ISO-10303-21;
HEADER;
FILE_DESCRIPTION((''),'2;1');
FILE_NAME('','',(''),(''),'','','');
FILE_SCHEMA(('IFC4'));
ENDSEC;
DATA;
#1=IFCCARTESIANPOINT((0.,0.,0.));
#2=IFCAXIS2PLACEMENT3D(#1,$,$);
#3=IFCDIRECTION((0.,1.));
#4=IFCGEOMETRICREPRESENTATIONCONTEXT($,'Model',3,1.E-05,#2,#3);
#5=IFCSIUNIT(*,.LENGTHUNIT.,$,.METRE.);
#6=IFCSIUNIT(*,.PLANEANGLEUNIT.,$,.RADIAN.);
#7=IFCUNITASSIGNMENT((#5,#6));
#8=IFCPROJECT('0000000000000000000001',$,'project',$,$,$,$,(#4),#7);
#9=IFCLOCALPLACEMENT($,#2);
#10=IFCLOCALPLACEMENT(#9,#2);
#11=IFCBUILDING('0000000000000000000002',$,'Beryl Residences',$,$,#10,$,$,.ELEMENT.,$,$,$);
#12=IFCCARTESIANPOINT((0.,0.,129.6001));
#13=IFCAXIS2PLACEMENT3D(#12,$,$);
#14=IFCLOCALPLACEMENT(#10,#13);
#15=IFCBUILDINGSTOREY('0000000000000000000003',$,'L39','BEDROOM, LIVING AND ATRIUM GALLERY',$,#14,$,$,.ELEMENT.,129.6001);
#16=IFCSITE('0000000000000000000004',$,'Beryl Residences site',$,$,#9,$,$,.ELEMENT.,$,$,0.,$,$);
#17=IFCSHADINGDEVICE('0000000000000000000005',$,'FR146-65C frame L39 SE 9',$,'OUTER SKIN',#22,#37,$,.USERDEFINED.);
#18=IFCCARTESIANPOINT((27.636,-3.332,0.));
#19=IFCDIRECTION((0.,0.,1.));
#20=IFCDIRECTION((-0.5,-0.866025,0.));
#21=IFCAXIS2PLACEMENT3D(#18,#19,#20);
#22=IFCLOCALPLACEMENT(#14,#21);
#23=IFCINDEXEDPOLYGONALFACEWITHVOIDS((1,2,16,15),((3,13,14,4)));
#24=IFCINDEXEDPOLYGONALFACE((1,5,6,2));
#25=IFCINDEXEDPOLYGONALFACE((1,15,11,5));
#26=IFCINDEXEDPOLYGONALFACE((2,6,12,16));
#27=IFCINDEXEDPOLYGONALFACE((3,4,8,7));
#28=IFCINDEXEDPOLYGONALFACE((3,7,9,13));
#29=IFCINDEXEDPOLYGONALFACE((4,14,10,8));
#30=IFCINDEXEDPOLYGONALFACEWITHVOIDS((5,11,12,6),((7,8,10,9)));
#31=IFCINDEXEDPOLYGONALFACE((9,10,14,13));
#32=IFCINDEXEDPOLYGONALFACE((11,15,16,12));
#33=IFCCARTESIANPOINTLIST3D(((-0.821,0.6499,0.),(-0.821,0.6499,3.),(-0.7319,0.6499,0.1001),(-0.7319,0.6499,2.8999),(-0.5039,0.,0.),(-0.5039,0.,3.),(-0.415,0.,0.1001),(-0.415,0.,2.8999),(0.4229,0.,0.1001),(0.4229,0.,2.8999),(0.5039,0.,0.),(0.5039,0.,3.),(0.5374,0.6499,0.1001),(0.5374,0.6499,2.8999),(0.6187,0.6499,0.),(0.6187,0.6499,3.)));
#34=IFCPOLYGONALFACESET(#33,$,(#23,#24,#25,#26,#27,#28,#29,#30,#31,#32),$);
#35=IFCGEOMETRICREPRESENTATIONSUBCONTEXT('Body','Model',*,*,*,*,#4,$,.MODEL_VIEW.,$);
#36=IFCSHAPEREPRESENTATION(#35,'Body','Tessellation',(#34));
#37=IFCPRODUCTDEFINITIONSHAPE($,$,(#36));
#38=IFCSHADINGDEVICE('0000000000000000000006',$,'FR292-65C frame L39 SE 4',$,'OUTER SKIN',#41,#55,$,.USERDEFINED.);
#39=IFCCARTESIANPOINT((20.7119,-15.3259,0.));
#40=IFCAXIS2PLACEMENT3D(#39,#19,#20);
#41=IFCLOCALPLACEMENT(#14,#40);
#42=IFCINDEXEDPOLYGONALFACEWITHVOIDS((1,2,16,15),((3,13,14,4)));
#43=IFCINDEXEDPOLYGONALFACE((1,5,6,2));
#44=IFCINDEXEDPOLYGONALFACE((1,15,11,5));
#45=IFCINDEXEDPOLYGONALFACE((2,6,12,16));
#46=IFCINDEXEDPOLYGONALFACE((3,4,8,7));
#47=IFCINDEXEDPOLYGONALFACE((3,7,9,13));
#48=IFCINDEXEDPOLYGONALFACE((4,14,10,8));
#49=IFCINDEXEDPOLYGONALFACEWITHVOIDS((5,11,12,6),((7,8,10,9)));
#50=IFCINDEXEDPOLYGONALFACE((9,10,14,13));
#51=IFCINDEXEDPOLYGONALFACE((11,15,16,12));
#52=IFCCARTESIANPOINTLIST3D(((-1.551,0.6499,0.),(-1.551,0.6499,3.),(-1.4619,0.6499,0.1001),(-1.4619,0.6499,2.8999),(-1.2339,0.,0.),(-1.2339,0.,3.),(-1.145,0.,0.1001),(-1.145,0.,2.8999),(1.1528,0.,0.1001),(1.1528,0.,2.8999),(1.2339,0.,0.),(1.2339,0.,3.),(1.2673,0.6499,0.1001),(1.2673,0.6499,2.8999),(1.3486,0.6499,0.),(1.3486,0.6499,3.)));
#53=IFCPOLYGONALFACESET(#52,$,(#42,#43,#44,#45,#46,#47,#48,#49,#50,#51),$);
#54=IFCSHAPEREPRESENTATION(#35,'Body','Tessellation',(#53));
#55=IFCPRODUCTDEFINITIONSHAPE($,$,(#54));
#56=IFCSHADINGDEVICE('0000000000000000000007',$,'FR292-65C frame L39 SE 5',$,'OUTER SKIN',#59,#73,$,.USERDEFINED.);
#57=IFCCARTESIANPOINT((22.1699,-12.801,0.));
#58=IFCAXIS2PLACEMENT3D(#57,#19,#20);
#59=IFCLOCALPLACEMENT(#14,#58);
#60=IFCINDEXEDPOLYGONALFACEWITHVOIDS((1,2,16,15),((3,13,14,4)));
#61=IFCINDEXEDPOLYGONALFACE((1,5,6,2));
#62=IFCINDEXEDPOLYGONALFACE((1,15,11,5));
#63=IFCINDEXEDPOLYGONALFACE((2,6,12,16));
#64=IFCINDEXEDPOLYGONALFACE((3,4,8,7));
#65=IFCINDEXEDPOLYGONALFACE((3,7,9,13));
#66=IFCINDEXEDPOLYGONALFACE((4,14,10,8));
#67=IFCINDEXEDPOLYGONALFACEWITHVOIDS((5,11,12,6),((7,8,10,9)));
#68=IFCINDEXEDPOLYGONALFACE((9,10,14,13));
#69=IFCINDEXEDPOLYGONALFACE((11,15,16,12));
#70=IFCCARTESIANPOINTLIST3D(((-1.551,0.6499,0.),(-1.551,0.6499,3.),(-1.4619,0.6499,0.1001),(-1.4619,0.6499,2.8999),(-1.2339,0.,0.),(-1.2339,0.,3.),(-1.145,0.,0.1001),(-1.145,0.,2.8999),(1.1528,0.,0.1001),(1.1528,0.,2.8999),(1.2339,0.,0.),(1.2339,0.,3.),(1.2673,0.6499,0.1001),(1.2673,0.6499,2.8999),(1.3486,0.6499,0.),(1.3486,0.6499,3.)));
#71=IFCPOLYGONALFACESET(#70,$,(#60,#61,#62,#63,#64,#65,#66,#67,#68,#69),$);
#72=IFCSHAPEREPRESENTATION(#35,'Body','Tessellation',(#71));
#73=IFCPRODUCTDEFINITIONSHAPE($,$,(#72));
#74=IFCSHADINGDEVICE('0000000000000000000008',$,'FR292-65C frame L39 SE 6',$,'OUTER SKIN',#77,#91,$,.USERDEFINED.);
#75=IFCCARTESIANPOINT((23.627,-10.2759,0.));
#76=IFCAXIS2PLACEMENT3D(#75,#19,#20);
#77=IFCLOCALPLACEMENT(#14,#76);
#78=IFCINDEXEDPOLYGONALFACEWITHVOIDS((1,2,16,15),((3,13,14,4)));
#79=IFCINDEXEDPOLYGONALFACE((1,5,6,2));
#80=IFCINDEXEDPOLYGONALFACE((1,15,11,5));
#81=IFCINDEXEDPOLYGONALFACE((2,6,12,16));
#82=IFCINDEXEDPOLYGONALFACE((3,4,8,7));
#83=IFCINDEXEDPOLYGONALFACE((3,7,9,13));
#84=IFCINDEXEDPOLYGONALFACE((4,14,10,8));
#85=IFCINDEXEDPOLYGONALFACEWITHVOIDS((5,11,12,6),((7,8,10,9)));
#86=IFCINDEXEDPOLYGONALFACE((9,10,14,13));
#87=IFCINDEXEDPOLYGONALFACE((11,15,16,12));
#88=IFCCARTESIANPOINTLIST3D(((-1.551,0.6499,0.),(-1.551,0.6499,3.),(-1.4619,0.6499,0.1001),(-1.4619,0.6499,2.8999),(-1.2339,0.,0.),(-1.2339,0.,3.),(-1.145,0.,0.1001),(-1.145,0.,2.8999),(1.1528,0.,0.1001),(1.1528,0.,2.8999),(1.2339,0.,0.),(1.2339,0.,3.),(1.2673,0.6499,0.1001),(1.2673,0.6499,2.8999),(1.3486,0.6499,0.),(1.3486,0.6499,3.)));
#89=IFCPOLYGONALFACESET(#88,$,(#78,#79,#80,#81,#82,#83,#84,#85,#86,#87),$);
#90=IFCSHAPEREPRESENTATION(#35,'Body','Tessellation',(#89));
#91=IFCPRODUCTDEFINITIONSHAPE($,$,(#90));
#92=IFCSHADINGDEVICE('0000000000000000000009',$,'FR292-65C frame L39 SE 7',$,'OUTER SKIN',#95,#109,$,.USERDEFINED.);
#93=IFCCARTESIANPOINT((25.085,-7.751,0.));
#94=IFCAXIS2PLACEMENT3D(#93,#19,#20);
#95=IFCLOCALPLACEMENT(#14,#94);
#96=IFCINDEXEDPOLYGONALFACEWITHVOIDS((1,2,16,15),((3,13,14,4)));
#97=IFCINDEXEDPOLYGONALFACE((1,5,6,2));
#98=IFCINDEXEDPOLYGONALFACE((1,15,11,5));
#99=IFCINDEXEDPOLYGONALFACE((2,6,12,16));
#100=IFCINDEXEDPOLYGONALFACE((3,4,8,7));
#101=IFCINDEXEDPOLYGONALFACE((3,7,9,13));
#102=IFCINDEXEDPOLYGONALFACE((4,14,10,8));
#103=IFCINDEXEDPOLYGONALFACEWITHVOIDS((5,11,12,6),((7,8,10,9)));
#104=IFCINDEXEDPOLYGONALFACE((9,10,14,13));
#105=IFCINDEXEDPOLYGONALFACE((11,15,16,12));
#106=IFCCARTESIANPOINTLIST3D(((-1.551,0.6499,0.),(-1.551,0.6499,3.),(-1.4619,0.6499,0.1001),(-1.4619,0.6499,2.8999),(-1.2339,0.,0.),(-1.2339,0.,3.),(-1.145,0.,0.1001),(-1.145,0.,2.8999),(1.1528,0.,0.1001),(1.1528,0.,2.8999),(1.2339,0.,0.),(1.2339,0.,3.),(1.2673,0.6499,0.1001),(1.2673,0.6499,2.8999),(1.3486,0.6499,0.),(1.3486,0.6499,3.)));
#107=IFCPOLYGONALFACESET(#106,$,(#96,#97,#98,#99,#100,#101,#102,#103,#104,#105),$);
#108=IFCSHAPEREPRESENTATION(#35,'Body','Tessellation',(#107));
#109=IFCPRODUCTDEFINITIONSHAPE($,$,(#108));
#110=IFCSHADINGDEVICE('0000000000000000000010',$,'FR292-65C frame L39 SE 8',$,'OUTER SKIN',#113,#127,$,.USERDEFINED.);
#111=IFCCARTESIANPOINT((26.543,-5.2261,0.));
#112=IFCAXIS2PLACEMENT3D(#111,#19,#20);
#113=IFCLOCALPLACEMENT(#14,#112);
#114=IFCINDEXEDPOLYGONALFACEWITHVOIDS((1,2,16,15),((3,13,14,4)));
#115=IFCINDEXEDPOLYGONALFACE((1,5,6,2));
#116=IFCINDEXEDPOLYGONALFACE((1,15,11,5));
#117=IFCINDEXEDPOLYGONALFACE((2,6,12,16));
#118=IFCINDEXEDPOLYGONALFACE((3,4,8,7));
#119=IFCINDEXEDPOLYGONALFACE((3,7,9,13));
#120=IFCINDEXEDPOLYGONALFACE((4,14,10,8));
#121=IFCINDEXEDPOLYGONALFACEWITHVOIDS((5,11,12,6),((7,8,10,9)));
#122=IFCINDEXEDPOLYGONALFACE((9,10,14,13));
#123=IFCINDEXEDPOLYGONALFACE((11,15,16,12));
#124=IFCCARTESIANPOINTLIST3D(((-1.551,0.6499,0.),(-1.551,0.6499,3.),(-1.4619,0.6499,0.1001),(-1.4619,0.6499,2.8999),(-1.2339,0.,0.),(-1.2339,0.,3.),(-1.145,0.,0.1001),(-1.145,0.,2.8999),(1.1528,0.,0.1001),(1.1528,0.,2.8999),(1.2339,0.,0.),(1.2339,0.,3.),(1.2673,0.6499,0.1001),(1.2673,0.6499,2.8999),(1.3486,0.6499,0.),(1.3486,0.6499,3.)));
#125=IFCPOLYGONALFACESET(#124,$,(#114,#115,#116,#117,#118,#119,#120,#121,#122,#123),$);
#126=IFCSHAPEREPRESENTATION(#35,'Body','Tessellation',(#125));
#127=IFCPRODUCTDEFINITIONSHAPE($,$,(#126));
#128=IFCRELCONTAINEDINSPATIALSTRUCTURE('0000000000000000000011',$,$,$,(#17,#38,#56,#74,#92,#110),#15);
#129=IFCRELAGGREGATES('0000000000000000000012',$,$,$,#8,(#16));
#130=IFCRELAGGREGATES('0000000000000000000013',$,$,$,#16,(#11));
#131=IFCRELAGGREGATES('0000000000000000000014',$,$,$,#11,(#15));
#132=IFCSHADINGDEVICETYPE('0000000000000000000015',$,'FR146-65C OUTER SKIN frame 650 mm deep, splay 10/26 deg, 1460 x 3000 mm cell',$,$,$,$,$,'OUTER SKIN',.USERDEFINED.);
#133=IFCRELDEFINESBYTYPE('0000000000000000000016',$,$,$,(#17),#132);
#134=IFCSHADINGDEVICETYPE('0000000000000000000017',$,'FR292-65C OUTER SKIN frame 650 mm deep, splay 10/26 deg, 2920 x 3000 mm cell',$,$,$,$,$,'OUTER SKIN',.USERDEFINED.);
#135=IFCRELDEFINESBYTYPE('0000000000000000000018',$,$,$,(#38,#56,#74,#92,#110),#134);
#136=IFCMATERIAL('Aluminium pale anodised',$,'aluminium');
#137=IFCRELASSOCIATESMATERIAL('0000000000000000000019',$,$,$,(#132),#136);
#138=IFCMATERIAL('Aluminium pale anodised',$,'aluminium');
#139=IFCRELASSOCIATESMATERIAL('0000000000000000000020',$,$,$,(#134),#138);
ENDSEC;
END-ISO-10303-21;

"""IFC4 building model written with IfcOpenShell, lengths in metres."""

from ifc_helpers import new_model, entity, si_unit, direction, frame, origin, place, context, subcontext, project, spatial, source, transform, mapped, material, type_object, type_shapes, element, save


model = new_model("IFC4")

# Units and contexts
model_context = context("Model", 3, precision=1e-05, world=origin(), true_north=direction((0.0, 1.0)))
body_context = subcontext(model_context, "Body", "Model", "MODEL_VIEW")
ifc_project = project(units=[si_unit("LENGTHUNIT", "METRE"), si_unit("PLANEANGLEUNIT", "RADIAN")], contexts=[model_context])

# Site, building, storey
site_placement = place(None, origin())
site = spatial("IfcSite", under=ifc_project, at=site_placement, Name="Beryl Residences site", CompositionType="ELEMENT", RefElevation=0.0)
building_placement = place(site_placement, origin())
building = spatial("IfcBuilding", under=site, at=building_placement, Name="Beryl Residences", CompositionType="ELEMENT")
storey_placement = place(building_placement, frame((0.0, 0.0, 129.6001)))
storey = spatial("IfcBuildingStorey", under=building, at=storey_placement, Name="L39", Description="BEDROOM, LIVING AND ATRIUM GALLERY", CompositionType="ELEMENT", Elevation=129.6001)

# Shading devices
ifc_material_1 = material(Name="Aluminium pale anodised", Category="aluminium")
shading_device_type_1 = type_object("IfcShadingDeviceType", Name="FR146-65C OUTER SKIN frame 650 mm deep, splay 10/26 deg, 1460 x 3000 mm cell", ElementType="OUTER SKIN", PredefinedType="USERDEFINED", material=ifc_material_1)
cartesian_point_1 = entity("IfcCartesianPoint", [-0.5039, 0.0])
cartesian_point_2 = entity("IfcCartesianPoint", [-0.4229, 0.1001])
cartesian_point_3 = entity("IfcCartesianPoint", [-0.6187, 0.0])
cartesian_point_4 = entity("IfcCartesianPoint", [-0.5374, 0.1001])
shared_shape_1 = source(origin(), body_context, "Body", "SweptSolid", [
    entity("IfcExtrudedAreaSolidTapered", entity("IfcArbitraryProfileDefWithVoids", "AREA", None, entity("IfcPolyline", [cartesian_point_1, entity("IfcCartesianPoint", [0.5039, 0.0]), entity("IfcCartesianPoint", [0.5039, 3.0]), entity("IfcCartesianPoint", [-0.5039, 3.0]), cartesian_point_1]), [entity("IfcPolyline", [cartesian_point_2, entity("IfcCartesianPoint", [0.415, 0.1001]), entity("IfcCartesianPoint", [0.415, 2.8999]), entity("IfcCartesianPoint", [-0.4229, 2.8999]), cartesian_point_2])]), entity("IfcAxis2Placement3D", entity("IfcCartesianPoint", [0.0, 0.0, 0.0]), entity("IfcDirection", [0.0, 1.0, 0.0]), entity("IfcDirection", [-1.0, 0.0, 0.0])), entity("IfcDirection", [0.0, 0.0, 1.0]), 0.6499, entity("IfcArbitraryProfileDefWithVoids", "AREA", None, entity("IfcPolyline", [cartesian_point_3, entity("IfcCartesianPoint", [0.821, 0.0]), entity("IfcCartesianPoint", [0.821, 3.0]), entity("IfcCartesianPoint", [-0.6187, 3.0]), cartesian_point_3]), [entity("IfcPolyline", [cartesian_point_4, entity("IfcCartesianPoint", [0.7319, 0.1001]), entity("IfcCartesianPoint", [0.7319, 2.8999]), entity("IfcCartesianPoint", [-0.5374, 2.8999]), cartesian_point_4])])),
])
type_shapes(shading_device_type_1, [shared_shape_1])
shading_device_placement = place(storey_placement, frame((27.636, -3.332, 0.0), z_axis=(0.0, 0.0, 1.0), x_axis=(-0.5, -0.866025, 0.0)))
element("IfcShadingDevice", 1, at=shading_device_placement, inside=storey, type_object=shading_device_type_1, Name="FR146-65C frame L39 SE 9", ObjectType="OUTER SKIN", PredefinedType="USERDEFINED", context=body_context, shape_type="MappedRepresentation", body=[
    mapped(shared_shape_1, transform((0.0, 0.0, 0.0))),
])
ifc_material_2 = material(Name="Aluminium pale anodised", Category="aluminium")
shading_device_type_2 = type_object("IfcShadingDeviceType", Name="FR292-65C OUTER SKIN frame 650 mm deep, splay 10/26 deg, 2920 x 3000 mm cell", ElementType="OUTER SKIN", PredefinedType="USERDEFINED", material=ifc_material_2)
cartesian_point_5 = entity("IfcCartesianPoint", [-1.2339, 0.0])
cartesian_point_6 = entity("IfcCartesianPoint", [-1.1528, 0.1001])
cartesian_point_7 = entity("IfcCartesianPoint", [-1.3486, 0.0])
cartesian_point_8 = entity("IfcCartesianPoint", [-1.2673, 0.1001])
shared_shape_2 = source(origin(), body_context, "Body", "SweptSolid", [
    entity("IfcExtrudedAreaSolidTapered", entity("IfcArbitraryProfileDefWithVoids", "AREA", None, entity("IfcPolyline", [cartesian_point_5, entity("IfcCartesianPoint", [1.2339, 0.0]), entity("IfcCartesianPoint", [1.2339, 3.0]), entity("IfcCartesianPoint", [-1.2339, 3.0]), cartesian_point_5]), [entity("IfcPolyline", [cartesian_point_6, entity("IfcCartesianPoint", [1.145, 0.1001]), entity("IfcCartesianPoint", [1.145, 2.8999]), entity("IfcCartesianPoint", [-1.1528, 2.8999]), cartesian_point_6])]), entity("IfcAxis2Placement3D", entity("IfcCartesianPoint", [0.0, 0.0, 0.0]), entity("IfcDirection", [0.0, 1.0, 0.0]), entity("IfcDirection", [-1.0, 0.0, 0.0])), entity("IfcDirection", [0.0, 0.0, 1.0]), 0.6499, entity("IfcArbitraryProfileDefWithVoids", "AREA", None, entity("IfcPolyline", [cartesian_point_7, entity("IfcCartesianPoint", [1.551, 0.0]), entity("IfcCartesianPoint", [1.551, 3.0]), entity("IfcCartesianPoint", [-1.3486, 3.0]), cartesian_point_7]), [entity("IfcPolyline", [cartesian_point_8, entity("IfcCartesianPoint", [1.4619, 0.1001]), entity("IfcCartesianPoint", [1.4619, 2.8999]), entity("IfcCartesianPoint", [-1.2673, 2.8999]), cartesian_point_8])])),
])
type_shapes(shading_device_type_2, [shared_shape_2])
for number, where, z_axis, x_axis, name in (
    (2, (20.7119, -15.3259, 0.0), (0.0, 0.0, 1.0), (-0.5, -0.866025, 0.0), "FR292-65C frame L39 SE 4"),
    (3, (22.1699, -12.801, 0.0), (0.0, 0.0, 1.0), (-0.5, -0.866025, 0.0), "FR292-65C frame L39 SE 5"),
    (4, (23.627, -10.2759, 0.0), (0.0, 0.0, 1.0), (-0.5, -0.866025, 0.0), "FR292-65C frame L39 SE 6"),
    (5, (25.085, -7.751, 0.0), (0.0, 0.0, 1.0), (-0.5, -0.866025, 0.0), "FR292-65C frame L39 SE 7"),
    (6, (26.543, -5.2261, 0.0), (0.0, 0.0, 1.0), (-0.5, -0.866025, 0.0), "FR292-65C frame L39 SE 8"),
):
    element("IfcShadingDevice", number, at=place(storey_placement, frame(where, z_axis=z_axis, x_axis=x_axis)), inside=storey, type_object=shading_device_type_2, Name=name, ObjectType="OUTER SKIN", PredefinedType="USERDEFINED", context=body_context, shape_type="MappedRepresentation", body=[
        mapped(shared_shape_2, transform((0.0, 0.0, 0.0))),
    ])

save(model, "model.ifc")
